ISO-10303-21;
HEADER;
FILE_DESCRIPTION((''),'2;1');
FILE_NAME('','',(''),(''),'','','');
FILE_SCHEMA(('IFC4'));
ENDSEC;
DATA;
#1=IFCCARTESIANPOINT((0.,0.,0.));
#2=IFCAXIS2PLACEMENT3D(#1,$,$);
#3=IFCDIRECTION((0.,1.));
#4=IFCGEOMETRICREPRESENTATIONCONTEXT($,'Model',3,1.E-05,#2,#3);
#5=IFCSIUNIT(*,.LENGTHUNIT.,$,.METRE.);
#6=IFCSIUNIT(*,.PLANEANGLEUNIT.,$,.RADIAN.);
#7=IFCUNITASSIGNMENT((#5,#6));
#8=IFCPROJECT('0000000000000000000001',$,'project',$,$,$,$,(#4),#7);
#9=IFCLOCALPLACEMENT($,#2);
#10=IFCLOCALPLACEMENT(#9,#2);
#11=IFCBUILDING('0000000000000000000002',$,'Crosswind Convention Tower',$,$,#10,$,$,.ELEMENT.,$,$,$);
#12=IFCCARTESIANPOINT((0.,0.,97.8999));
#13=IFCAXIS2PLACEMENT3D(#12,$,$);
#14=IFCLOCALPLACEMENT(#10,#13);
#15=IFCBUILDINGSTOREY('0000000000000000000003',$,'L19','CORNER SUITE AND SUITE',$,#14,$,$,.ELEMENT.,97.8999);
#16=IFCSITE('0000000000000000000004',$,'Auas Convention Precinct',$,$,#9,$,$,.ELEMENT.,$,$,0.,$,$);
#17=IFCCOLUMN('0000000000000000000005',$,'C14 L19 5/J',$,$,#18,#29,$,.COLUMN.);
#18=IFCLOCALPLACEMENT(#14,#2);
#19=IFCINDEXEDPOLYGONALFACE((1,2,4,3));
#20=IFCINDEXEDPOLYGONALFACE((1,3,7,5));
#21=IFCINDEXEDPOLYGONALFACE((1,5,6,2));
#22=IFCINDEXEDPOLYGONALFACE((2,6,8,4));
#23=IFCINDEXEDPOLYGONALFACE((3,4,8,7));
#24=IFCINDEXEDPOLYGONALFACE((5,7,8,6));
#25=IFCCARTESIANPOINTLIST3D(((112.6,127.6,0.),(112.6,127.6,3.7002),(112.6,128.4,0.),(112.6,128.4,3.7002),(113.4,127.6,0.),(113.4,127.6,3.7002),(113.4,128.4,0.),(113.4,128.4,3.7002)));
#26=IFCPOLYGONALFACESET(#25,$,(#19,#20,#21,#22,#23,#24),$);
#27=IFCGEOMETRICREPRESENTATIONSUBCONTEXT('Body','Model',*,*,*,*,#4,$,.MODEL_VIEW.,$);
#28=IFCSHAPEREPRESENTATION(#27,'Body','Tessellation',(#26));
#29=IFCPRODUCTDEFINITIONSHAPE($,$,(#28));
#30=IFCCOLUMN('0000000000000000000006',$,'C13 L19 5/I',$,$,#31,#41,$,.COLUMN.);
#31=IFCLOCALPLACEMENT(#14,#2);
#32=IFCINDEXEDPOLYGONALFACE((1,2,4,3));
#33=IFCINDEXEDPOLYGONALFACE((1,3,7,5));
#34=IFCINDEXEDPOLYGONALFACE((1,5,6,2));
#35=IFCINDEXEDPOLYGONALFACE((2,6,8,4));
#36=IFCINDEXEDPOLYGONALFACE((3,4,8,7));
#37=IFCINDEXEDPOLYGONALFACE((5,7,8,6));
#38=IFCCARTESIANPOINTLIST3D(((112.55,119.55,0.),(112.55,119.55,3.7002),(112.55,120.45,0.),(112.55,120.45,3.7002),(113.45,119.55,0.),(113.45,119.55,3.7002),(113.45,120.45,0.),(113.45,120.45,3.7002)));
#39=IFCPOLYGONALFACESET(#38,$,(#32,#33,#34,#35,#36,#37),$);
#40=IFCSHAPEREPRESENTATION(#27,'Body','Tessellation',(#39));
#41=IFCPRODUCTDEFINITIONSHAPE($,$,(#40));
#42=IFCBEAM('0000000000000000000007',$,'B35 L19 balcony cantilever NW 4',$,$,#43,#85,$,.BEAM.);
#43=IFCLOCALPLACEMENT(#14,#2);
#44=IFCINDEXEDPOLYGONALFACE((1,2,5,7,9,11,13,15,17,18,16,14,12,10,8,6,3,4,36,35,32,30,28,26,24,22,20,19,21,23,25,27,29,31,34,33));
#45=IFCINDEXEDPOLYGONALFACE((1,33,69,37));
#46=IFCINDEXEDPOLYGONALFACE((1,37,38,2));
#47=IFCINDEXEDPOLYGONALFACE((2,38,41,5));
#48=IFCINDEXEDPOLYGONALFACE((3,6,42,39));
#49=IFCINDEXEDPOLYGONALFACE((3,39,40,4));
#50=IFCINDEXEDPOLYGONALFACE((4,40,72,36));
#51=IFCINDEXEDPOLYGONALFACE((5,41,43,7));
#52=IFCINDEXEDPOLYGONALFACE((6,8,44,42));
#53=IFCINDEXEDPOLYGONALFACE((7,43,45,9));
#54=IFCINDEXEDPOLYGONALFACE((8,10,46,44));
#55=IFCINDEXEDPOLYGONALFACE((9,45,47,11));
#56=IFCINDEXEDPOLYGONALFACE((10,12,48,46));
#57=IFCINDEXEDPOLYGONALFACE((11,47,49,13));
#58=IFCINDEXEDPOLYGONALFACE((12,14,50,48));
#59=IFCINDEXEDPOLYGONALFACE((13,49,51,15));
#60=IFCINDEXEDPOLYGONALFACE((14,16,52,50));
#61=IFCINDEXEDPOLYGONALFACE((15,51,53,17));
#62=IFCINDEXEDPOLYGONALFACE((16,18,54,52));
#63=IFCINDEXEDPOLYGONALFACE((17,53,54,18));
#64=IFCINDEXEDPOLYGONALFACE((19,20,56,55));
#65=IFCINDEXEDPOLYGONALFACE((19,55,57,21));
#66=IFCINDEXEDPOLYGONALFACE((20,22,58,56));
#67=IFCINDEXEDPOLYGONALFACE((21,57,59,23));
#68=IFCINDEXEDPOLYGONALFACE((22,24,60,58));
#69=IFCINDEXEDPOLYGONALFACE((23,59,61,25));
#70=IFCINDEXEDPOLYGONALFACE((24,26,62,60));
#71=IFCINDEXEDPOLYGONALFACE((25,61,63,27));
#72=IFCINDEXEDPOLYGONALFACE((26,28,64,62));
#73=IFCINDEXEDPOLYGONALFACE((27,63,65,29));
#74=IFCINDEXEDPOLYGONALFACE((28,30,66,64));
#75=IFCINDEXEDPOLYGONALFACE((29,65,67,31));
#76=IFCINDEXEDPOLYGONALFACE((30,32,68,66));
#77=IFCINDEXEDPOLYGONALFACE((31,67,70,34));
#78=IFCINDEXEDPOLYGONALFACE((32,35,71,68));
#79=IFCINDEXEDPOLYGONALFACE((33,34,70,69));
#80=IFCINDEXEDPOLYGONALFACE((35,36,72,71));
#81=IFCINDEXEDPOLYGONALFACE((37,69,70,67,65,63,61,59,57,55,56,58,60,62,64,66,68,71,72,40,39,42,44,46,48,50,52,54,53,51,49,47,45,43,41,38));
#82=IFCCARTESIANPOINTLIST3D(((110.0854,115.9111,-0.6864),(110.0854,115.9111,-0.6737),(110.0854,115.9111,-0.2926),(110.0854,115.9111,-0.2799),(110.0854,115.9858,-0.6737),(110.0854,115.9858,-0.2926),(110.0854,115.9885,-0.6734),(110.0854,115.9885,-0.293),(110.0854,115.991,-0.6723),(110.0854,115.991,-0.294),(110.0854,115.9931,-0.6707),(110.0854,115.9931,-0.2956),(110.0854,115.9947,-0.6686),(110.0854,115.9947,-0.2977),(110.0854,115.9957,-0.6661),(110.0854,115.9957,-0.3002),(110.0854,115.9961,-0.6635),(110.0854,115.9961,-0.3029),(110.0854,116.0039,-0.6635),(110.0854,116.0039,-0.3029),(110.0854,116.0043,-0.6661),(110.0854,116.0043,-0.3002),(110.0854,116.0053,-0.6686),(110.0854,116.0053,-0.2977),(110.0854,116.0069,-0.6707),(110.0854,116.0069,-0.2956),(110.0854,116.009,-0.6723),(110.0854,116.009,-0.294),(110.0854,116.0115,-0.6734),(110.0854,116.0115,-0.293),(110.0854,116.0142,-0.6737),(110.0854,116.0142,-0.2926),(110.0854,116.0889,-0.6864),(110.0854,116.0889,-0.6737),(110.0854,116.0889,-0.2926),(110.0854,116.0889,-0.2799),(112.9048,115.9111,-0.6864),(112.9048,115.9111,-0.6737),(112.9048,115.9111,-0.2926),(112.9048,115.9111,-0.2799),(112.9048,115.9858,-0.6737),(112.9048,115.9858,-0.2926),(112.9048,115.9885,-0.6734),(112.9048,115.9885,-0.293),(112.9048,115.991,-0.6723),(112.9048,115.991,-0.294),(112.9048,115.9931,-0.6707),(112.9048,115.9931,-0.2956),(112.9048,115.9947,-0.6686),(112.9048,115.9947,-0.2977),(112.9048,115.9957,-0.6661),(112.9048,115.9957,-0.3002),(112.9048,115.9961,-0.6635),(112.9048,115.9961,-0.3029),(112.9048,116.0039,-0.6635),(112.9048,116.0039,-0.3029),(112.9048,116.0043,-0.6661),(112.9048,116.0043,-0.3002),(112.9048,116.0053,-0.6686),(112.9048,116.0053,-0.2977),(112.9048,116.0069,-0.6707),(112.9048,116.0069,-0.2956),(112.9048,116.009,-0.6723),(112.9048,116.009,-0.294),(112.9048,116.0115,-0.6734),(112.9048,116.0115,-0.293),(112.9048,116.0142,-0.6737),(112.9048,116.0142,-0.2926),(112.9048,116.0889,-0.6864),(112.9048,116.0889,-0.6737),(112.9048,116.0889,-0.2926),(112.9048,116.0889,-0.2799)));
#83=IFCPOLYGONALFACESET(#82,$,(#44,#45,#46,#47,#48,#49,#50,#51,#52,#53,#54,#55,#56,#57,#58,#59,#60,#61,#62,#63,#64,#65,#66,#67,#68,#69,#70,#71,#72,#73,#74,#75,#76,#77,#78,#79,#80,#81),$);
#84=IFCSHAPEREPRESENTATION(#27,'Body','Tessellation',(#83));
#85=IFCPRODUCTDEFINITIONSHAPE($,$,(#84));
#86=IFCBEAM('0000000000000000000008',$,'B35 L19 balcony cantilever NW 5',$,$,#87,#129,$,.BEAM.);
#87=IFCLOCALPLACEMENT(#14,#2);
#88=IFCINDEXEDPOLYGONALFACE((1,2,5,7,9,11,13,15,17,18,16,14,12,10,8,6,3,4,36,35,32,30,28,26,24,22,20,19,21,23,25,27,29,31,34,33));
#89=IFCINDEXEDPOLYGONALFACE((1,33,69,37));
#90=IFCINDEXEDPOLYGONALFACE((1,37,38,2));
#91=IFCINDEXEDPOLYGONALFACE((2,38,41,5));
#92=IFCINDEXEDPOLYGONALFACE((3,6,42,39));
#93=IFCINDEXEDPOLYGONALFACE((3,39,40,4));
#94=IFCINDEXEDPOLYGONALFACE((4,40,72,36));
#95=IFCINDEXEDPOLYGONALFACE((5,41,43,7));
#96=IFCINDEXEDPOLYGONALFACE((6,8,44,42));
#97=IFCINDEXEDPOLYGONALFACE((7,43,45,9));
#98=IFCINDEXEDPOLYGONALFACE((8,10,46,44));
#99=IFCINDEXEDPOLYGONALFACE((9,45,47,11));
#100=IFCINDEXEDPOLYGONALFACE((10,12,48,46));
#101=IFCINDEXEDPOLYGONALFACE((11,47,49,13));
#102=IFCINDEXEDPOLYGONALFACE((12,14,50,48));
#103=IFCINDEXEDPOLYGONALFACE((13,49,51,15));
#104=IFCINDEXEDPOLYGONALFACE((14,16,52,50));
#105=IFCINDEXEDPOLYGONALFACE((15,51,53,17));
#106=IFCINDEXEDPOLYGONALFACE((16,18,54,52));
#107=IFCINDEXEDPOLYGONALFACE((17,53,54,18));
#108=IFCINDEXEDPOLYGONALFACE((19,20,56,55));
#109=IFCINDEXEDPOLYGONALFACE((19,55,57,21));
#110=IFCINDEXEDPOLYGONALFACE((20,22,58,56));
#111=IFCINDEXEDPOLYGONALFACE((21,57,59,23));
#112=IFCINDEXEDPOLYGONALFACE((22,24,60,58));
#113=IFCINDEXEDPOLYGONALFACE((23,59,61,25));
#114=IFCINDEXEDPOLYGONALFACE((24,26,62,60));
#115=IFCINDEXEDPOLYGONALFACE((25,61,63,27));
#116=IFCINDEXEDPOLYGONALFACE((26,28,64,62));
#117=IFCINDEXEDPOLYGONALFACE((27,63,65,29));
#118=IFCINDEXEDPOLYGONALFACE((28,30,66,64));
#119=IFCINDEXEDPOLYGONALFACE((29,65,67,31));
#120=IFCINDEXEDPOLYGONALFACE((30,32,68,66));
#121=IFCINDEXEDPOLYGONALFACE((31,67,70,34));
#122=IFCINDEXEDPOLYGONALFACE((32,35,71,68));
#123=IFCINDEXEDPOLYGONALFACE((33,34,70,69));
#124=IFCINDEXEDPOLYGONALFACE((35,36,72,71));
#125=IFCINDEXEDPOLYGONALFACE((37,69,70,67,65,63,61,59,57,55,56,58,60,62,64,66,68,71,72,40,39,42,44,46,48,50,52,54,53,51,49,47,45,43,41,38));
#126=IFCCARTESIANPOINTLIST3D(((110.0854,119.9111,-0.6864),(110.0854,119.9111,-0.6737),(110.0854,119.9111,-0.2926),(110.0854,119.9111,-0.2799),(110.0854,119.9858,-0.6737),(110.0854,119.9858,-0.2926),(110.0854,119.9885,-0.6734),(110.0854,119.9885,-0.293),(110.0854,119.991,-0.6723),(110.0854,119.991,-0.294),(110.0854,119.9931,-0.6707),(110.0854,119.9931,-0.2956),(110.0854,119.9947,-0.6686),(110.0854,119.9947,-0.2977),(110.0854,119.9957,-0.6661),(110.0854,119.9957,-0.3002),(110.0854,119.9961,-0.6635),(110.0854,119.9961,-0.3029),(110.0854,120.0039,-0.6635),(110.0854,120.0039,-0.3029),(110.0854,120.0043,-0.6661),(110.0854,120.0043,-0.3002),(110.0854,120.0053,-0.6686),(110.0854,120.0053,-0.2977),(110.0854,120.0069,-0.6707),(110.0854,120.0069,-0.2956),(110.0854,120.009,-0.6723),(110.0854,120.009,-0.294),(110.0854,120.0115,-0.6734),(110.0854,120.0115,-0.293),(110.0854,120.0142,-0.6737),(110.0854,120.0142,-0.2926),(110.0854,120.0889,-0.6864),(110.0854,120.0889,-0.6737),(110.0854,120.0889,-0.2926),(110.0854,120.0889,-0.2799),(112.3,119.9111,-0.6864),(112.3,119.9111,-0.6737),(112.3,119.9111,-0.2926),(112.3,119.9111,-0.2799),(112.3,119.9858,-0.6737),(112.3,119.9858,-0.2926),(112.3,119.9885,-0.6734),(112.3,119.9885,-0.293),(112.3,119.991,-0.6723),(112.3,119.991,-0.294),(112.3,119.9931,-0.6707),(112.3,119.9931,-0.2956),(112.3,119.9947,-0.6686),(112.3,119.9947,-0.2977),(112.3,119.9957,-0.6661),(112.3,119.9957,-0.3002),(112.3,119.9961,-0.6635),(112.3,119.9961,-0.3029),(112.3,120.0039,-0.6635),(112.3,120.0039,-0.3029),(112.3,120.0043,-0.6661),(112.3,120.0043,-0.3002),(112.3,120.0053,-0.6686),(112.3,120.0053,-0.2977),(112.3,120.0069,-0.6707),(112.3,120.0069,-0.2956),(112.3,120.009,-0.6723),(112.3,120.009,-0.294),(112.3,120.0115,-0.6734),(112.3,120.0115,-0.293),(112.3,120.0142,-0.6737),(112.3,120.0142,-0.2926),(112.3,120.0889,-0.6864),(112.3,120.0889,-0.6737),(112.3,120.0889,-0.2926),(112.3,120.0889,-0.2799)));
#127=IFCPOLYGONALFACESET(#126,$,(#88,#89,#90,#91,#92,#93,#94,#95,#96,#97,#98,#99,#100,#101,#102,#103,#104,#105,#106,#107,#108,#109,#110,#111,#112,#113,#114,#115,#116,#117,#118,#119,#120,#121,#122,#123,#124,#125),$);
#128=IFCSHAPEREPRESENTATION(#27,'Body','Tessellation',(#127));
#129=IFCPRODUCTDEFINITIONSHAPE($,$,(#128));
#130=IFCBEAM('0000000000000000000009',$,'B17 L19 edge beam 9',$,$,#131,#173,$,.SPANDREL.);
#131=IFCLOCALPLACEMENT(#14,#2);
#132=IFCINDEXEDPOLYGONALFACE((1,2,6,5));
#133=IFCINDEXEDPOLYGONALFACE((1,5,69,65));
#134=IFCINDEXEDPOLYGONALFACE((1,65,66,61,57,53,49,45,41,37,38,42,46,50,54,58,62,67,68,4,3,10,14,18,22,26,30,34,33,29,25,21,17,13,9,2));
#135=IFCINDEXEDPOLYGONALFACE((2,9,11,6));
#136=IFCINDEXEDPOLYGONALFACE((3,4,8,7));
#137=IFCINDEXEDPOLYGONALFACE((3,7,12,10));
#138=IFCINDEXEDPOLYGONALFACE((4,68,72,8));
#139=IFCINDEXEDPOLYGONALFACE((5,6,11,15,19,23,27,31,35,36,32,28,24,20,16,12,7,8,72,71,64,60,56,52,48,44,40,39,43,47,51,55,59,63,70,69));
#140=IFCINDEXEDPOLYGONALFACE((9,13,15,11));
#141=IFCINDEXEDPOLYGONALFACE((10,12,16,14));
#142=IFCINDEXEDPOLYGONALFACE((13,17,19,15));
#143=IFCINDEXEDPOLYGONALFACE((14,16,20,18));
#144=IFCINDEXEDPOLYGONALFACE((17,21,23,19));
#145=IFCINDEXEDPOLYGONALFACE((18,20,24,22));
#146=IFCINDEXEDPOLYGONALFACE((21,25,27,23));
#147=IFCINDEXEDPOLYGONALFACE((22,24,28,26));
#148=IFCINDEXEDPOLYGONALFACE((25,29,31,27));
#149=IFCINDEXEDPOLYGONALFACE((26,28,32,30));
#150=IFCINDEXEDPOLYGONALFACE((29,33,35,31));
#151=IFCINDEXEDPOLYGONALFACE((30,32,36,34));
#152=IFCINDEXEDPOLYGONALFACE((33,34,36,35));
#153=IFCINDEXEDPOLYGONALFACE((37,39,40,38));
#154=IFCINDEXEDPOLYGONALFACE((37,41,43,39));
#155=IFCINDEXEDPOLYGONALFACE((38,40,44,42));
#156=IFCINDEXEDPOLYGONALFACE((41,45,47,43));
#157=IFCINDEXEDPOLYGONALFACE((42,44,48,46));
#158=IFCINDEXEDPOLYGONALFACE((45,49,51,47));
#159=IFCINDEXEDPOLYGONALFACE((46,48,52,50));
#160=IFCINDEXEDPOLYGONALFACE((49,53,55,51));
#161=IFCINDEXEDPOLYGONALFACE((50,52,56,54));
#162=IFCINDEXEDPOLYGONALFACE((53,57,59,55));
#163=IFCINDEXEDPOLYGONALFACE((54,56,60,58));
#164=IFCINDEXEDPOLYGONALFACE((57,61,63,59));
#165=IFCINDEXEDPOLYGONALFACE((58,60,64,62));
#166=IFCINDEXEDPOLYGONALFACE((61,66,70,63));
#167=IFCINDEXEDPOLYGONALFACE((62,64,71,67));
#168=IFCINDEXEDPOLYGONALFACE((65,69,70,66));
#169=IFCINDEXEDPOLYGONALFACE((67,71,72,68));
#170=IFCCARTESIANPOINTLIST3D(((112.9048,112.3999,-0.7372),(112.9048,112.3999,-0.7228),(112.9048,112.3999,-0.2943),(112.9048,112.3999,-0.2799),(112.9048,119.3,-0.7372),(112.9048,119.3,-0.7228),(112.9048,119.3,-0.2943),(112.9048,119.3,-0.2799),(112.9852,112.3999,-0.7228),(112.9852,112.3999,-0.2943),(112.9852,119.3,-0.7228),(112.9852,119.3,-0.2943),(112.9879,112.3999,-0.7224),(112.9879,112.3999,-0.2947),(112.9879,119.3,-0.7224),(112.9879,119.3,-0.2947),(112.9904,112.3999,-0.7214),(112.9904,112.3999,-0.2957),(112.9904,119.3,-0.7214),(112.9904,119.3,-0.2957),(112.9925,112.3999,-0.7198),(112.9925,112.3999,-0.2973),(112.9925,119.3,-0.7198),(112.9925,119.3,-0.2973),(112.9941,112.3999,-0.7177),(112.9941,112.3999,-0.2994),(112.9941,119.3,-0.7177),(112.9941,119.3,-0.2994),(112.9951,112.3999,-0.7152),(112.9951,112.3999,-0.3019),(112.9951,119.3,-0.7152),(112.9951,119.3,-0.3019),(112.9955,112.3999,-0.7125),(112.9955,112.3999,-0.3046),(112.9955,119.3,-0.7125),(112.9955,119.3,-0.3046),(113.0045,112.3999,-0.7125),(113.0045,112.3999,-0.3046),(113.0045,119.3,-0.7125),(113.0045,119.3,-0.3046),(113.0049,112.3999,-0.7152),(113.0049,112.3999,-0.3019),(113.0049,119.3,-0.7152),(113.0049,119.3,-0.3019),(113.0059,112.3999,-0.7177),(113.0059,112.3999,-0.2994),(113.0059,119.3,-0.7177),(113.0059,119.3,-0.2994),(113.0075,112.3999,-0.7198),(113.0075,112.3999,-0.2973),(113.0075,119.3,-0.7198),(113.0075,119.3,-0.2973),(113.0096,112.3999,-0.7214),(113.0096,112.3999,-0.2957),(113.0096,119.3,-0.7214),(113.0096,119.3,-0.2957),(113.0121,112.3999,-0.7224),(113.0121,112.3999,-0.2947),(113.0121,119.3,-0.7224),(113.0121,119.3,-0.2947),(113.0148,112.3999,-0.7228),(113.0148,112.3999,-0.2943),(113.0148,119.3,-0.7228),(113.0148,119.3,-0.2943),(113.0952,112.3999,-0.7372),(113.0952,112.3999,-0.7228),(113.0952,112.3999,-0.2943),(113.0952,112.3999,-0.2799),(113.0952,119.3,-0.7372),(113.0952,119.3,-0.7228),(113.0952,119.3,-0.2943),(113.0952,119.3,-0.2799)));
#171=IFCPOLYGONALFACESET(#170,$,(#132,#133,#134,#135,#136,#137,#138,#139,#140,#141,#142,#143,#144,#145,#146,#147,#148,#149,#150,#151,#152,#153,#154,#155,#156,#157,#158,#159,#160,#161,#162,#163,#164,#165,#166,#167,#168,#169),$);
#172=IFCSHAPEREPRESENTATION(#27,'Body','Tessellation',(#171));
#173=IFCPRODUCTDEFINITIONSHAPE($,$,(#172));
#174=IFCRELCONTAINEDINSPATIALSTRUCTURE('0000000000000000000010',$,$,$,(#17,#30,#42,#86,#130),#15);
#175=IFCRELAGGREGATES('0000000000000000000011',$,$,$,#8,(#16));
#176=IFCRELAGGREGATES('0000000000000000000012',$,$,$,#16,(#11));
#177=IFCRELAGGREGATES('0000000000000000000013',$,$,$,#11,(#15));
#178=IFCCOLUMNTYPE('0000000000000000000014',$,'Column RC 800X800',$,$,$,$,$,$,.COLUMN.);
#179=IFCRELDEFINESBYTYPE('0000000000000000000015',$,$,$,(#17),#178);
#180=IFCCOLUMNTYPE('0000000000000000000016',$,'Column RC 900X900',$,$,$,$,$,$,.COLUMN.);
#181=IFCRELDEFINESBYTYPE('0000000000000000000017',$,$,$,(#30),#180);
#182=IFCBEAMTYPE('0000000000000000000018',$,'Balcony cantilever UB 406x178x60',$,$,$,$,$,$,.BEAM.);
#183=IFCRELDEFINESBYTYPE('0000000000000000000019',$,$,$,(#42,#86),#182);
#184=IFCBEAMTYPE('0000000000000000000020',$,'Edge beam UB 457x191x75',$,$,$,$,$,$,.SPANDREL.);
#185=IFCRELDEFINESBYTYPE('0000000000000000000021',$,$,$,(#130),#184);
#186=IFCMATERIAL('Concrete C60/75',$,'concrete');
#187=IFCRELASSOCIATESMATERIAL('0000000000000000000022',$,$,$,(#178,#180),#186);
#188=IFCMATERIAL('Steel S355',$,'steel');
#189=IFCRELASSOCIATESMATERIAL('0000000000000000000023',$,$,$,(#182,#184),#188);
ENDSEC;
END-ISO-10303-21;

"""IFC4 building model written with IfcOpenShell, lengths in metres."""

from ifc_helpers import new_model, si_unit, direction, frame, origin, origin_2d, place, context, subcontext, project, spatial, rectangle, i_section, extrude, material, material_profile, profile_set, type_object, element, save


model = new_model("IFC4")

# Units and contexts
model_context = context("Model", 3, precision=1e-05, world=origin(), true_north=direction((0.0, 1.0)))
body_context = subcontext(model_context, "Body", "Model", "MODEL_VIEW")
ifc_project = project(units=[si_unit("LENGTHUNIT", "METRE"), si_unit("PLANEANGLEUNIT", "RADIAN")], contexts=[model_context])

# Site, building, storey
site_placement = place(None, origin())
site = spatial("IfcSite", under=ifc_project, at=site_placement, Name="Auas Convention Precinct", CompositionType="ELEMENT", RefElevation=0.0)
building_placement = place(site_placement, origin())
building = spatial("IfcBuilding", under=site, at=building_placement, Name="Crosswind Convention Tower", CompositionType="ELEMENT")
storey_placement = place(building_placement, frame((0.0, 0.0, 97.8999)))
storey = spatial("IfcBuildingStorey", under=building, at=storey_placement, Name="L19", Description="CORNER SUITE AND SUITE", CompositionType="ELEMENT", Elevation=97.8999)

# Columns
ifc_material_1 = material(Name="Concrete C60/75", Category="concrete")
ifc_material_profile_1 = material_profile(ifc_material_1, rectangle(XDim=0.8, YDim=0.8, at=origin_2d()), Name="RC 800X800")
ifc_profile_set_1 = profile_set([ifc_material_profile_1], Name="Concrete C60/75")
column_type_1 = type_object("IfcColumnType", Name="Column RC 800X800", PredefinedType="COLUMN", material=ifc_profile_set_1)
column_1_placement = place(storey_placement, frame((113.0, 128.0, 0.0), z_axis=(0.0, 0.0, 1.0), x_axis=(1.0, 0.0, 0.0)))
element("IfcColumn", 1, at=column_1_placement, inside=storey, type_object=column_type_1, Name="C14 L19 5/J", PredefinedType="COLUMN", context=body_context, shape_type="SweptSolid", body=[
    extrude(rectangle(XDim=0.8, YDim=0.8, at=origin_2d()), origin(), (0.0, 0.0, 1.0), 3.7002),
])
ifc_material_profile_2 = material_profile(ifc_material_1, rectangle(XDim=0.8999, YDim=0.8999, at=origin_2d()), Name="RC 900X900")
ifc_profile_set_2 = profile_set([ifc_material_profile_2], Name="Concrete C60/75")
column_type_2 = type_object("IfcColumnType", Name="Column RC 900X900", PredefinedType="COLUMN", material=ifc_profile_set_2)
column_2_placement = place(storey_placement, frame((113.0, 120.0, 0.0), z_axis=(0.0, 0.0, 1.0), x_axis=(1.0, 0.0, 0.0)))
element("IfcColumn", 2, at=column_2_placement, inside=storey, type_object=column_type_2, Name="C13 L19 5/I", PredefinedType="COLUMN", context=body_context, shape_type="SweptSolid", body=[
    extrude(rectangle(XDim=0.8999, YDim=0.8999, at=origin_2d()), origin(), (0.0, 0.0, 1.0), 3.7002),
])

# Beams
ifc_material_2 = material(Name="Steel S355", Category="steel")
ifc_material_profile_3 = material_profile(ifc_material_2, i_section(OverallWidth=0.1777, OverallDepth=0.4065, WebThickness=0.0078, FlangeThickness=0.0127, FilletRadius=0.0103, at=origin_2d()), Name="UB 406x178x60")
ifc_profile_set_3 = profile_set([ifc_material_profile_3], Name="Steel S355")
beam_type_1 = type_object("IfcBeamType", Name="Balcony cantilever UB 406x178x60", PredefinedType="BEAM", material=ifc_profile_set_3)
beam_1_placement = place(storey_placement, frame((112.9048, 116.0, -0.4832), z_axis=(-1.0, 0.0, 0.0), x_axis=(0.0, -1.0, 0.0)))
element("IfcBeam", 3, at=beam_1_placement, inside=storey, type_object=beam_type_1, Name="B35 L19 balcony cantilever NW 4", PredefinedType="BEAM", context=body_context, shape_type="SweptSolid", body=[
    extrude(i_section(OverallWidth=0.1777, OverallDepth=0.4065, WebThickness=0.0078, FlangeThickness=0.0127, FilletRadius=0.0103, at=origin_2d()), origin(), (0.0, 0.0, 1.0), 2.8193),
])
beam_2_placement = place(storey_placement, frame((112.3, 120.0, -0.4832), z_axis=(-1.0, 0.0, 0.0), x_axis=(0.0, -1.0, 0.0)))
element("IfcBeam", 4, at=beam_2_placement, inside=storey, type_object=beam_type_1, Name="B35 L19 balcony cantilever NW 5", PredefinedType="BEAM", context=body_context, shape_type="SweptSolid", body=[
    extrude(i_section(OverallWidth=0.1777, OverallDepth=0.4065, WebThickness=0.0078, FlangeThickness=0.0127, FilletRadius=0.0103, at=origin_2d()), origin(), (0.0, 0.0, 1.0), 2.2146),
])
ifc_material_profile_4 = material_profile(ifc_material_2, i_section(OverallWidth=0.1904, OverallDepth=0.4573, WebThickness=0.009, FlangeThickness=0.0144, FilletRadius=0.0103, at=origin_2d()), Name="UB 457x191x75")
ifc_profile_set_4 = profile_set([ifc_material_profile_4], Name="Steel S355")
beam_type_2 = type_object("IfcBeamType", Name="Edge beam UB 457x191x75", PredefinedType="SPANDREL", material=ifc_profile_set_4)
beam_3_placement = place(storey_placement, frame((113.0, 112.3999, -0.5085), z_axis=(0.0, 1.0, 0.0), x_axis=(-1.0, 0.0, 0.0)))
element("IfcBeam", 5, at=beam_3_placement, inside=storey, type_object=beam_type_2, Name="B17 L19 edge beam 9", PredefinedType="SPANDREL", context=body_context, shape_type="SweptSolid", body=[
    extrude(i_section(OverallWidth=0.1904, OverallDepth=0.4573, WebThickness=0.009, FlangeThickness=0.0144, FilletRadius=0.0103, at=origin_2d()), origin(), (0.0, 0.0, 1.0), 6.9001),
])

save(model, "model.ifc")
